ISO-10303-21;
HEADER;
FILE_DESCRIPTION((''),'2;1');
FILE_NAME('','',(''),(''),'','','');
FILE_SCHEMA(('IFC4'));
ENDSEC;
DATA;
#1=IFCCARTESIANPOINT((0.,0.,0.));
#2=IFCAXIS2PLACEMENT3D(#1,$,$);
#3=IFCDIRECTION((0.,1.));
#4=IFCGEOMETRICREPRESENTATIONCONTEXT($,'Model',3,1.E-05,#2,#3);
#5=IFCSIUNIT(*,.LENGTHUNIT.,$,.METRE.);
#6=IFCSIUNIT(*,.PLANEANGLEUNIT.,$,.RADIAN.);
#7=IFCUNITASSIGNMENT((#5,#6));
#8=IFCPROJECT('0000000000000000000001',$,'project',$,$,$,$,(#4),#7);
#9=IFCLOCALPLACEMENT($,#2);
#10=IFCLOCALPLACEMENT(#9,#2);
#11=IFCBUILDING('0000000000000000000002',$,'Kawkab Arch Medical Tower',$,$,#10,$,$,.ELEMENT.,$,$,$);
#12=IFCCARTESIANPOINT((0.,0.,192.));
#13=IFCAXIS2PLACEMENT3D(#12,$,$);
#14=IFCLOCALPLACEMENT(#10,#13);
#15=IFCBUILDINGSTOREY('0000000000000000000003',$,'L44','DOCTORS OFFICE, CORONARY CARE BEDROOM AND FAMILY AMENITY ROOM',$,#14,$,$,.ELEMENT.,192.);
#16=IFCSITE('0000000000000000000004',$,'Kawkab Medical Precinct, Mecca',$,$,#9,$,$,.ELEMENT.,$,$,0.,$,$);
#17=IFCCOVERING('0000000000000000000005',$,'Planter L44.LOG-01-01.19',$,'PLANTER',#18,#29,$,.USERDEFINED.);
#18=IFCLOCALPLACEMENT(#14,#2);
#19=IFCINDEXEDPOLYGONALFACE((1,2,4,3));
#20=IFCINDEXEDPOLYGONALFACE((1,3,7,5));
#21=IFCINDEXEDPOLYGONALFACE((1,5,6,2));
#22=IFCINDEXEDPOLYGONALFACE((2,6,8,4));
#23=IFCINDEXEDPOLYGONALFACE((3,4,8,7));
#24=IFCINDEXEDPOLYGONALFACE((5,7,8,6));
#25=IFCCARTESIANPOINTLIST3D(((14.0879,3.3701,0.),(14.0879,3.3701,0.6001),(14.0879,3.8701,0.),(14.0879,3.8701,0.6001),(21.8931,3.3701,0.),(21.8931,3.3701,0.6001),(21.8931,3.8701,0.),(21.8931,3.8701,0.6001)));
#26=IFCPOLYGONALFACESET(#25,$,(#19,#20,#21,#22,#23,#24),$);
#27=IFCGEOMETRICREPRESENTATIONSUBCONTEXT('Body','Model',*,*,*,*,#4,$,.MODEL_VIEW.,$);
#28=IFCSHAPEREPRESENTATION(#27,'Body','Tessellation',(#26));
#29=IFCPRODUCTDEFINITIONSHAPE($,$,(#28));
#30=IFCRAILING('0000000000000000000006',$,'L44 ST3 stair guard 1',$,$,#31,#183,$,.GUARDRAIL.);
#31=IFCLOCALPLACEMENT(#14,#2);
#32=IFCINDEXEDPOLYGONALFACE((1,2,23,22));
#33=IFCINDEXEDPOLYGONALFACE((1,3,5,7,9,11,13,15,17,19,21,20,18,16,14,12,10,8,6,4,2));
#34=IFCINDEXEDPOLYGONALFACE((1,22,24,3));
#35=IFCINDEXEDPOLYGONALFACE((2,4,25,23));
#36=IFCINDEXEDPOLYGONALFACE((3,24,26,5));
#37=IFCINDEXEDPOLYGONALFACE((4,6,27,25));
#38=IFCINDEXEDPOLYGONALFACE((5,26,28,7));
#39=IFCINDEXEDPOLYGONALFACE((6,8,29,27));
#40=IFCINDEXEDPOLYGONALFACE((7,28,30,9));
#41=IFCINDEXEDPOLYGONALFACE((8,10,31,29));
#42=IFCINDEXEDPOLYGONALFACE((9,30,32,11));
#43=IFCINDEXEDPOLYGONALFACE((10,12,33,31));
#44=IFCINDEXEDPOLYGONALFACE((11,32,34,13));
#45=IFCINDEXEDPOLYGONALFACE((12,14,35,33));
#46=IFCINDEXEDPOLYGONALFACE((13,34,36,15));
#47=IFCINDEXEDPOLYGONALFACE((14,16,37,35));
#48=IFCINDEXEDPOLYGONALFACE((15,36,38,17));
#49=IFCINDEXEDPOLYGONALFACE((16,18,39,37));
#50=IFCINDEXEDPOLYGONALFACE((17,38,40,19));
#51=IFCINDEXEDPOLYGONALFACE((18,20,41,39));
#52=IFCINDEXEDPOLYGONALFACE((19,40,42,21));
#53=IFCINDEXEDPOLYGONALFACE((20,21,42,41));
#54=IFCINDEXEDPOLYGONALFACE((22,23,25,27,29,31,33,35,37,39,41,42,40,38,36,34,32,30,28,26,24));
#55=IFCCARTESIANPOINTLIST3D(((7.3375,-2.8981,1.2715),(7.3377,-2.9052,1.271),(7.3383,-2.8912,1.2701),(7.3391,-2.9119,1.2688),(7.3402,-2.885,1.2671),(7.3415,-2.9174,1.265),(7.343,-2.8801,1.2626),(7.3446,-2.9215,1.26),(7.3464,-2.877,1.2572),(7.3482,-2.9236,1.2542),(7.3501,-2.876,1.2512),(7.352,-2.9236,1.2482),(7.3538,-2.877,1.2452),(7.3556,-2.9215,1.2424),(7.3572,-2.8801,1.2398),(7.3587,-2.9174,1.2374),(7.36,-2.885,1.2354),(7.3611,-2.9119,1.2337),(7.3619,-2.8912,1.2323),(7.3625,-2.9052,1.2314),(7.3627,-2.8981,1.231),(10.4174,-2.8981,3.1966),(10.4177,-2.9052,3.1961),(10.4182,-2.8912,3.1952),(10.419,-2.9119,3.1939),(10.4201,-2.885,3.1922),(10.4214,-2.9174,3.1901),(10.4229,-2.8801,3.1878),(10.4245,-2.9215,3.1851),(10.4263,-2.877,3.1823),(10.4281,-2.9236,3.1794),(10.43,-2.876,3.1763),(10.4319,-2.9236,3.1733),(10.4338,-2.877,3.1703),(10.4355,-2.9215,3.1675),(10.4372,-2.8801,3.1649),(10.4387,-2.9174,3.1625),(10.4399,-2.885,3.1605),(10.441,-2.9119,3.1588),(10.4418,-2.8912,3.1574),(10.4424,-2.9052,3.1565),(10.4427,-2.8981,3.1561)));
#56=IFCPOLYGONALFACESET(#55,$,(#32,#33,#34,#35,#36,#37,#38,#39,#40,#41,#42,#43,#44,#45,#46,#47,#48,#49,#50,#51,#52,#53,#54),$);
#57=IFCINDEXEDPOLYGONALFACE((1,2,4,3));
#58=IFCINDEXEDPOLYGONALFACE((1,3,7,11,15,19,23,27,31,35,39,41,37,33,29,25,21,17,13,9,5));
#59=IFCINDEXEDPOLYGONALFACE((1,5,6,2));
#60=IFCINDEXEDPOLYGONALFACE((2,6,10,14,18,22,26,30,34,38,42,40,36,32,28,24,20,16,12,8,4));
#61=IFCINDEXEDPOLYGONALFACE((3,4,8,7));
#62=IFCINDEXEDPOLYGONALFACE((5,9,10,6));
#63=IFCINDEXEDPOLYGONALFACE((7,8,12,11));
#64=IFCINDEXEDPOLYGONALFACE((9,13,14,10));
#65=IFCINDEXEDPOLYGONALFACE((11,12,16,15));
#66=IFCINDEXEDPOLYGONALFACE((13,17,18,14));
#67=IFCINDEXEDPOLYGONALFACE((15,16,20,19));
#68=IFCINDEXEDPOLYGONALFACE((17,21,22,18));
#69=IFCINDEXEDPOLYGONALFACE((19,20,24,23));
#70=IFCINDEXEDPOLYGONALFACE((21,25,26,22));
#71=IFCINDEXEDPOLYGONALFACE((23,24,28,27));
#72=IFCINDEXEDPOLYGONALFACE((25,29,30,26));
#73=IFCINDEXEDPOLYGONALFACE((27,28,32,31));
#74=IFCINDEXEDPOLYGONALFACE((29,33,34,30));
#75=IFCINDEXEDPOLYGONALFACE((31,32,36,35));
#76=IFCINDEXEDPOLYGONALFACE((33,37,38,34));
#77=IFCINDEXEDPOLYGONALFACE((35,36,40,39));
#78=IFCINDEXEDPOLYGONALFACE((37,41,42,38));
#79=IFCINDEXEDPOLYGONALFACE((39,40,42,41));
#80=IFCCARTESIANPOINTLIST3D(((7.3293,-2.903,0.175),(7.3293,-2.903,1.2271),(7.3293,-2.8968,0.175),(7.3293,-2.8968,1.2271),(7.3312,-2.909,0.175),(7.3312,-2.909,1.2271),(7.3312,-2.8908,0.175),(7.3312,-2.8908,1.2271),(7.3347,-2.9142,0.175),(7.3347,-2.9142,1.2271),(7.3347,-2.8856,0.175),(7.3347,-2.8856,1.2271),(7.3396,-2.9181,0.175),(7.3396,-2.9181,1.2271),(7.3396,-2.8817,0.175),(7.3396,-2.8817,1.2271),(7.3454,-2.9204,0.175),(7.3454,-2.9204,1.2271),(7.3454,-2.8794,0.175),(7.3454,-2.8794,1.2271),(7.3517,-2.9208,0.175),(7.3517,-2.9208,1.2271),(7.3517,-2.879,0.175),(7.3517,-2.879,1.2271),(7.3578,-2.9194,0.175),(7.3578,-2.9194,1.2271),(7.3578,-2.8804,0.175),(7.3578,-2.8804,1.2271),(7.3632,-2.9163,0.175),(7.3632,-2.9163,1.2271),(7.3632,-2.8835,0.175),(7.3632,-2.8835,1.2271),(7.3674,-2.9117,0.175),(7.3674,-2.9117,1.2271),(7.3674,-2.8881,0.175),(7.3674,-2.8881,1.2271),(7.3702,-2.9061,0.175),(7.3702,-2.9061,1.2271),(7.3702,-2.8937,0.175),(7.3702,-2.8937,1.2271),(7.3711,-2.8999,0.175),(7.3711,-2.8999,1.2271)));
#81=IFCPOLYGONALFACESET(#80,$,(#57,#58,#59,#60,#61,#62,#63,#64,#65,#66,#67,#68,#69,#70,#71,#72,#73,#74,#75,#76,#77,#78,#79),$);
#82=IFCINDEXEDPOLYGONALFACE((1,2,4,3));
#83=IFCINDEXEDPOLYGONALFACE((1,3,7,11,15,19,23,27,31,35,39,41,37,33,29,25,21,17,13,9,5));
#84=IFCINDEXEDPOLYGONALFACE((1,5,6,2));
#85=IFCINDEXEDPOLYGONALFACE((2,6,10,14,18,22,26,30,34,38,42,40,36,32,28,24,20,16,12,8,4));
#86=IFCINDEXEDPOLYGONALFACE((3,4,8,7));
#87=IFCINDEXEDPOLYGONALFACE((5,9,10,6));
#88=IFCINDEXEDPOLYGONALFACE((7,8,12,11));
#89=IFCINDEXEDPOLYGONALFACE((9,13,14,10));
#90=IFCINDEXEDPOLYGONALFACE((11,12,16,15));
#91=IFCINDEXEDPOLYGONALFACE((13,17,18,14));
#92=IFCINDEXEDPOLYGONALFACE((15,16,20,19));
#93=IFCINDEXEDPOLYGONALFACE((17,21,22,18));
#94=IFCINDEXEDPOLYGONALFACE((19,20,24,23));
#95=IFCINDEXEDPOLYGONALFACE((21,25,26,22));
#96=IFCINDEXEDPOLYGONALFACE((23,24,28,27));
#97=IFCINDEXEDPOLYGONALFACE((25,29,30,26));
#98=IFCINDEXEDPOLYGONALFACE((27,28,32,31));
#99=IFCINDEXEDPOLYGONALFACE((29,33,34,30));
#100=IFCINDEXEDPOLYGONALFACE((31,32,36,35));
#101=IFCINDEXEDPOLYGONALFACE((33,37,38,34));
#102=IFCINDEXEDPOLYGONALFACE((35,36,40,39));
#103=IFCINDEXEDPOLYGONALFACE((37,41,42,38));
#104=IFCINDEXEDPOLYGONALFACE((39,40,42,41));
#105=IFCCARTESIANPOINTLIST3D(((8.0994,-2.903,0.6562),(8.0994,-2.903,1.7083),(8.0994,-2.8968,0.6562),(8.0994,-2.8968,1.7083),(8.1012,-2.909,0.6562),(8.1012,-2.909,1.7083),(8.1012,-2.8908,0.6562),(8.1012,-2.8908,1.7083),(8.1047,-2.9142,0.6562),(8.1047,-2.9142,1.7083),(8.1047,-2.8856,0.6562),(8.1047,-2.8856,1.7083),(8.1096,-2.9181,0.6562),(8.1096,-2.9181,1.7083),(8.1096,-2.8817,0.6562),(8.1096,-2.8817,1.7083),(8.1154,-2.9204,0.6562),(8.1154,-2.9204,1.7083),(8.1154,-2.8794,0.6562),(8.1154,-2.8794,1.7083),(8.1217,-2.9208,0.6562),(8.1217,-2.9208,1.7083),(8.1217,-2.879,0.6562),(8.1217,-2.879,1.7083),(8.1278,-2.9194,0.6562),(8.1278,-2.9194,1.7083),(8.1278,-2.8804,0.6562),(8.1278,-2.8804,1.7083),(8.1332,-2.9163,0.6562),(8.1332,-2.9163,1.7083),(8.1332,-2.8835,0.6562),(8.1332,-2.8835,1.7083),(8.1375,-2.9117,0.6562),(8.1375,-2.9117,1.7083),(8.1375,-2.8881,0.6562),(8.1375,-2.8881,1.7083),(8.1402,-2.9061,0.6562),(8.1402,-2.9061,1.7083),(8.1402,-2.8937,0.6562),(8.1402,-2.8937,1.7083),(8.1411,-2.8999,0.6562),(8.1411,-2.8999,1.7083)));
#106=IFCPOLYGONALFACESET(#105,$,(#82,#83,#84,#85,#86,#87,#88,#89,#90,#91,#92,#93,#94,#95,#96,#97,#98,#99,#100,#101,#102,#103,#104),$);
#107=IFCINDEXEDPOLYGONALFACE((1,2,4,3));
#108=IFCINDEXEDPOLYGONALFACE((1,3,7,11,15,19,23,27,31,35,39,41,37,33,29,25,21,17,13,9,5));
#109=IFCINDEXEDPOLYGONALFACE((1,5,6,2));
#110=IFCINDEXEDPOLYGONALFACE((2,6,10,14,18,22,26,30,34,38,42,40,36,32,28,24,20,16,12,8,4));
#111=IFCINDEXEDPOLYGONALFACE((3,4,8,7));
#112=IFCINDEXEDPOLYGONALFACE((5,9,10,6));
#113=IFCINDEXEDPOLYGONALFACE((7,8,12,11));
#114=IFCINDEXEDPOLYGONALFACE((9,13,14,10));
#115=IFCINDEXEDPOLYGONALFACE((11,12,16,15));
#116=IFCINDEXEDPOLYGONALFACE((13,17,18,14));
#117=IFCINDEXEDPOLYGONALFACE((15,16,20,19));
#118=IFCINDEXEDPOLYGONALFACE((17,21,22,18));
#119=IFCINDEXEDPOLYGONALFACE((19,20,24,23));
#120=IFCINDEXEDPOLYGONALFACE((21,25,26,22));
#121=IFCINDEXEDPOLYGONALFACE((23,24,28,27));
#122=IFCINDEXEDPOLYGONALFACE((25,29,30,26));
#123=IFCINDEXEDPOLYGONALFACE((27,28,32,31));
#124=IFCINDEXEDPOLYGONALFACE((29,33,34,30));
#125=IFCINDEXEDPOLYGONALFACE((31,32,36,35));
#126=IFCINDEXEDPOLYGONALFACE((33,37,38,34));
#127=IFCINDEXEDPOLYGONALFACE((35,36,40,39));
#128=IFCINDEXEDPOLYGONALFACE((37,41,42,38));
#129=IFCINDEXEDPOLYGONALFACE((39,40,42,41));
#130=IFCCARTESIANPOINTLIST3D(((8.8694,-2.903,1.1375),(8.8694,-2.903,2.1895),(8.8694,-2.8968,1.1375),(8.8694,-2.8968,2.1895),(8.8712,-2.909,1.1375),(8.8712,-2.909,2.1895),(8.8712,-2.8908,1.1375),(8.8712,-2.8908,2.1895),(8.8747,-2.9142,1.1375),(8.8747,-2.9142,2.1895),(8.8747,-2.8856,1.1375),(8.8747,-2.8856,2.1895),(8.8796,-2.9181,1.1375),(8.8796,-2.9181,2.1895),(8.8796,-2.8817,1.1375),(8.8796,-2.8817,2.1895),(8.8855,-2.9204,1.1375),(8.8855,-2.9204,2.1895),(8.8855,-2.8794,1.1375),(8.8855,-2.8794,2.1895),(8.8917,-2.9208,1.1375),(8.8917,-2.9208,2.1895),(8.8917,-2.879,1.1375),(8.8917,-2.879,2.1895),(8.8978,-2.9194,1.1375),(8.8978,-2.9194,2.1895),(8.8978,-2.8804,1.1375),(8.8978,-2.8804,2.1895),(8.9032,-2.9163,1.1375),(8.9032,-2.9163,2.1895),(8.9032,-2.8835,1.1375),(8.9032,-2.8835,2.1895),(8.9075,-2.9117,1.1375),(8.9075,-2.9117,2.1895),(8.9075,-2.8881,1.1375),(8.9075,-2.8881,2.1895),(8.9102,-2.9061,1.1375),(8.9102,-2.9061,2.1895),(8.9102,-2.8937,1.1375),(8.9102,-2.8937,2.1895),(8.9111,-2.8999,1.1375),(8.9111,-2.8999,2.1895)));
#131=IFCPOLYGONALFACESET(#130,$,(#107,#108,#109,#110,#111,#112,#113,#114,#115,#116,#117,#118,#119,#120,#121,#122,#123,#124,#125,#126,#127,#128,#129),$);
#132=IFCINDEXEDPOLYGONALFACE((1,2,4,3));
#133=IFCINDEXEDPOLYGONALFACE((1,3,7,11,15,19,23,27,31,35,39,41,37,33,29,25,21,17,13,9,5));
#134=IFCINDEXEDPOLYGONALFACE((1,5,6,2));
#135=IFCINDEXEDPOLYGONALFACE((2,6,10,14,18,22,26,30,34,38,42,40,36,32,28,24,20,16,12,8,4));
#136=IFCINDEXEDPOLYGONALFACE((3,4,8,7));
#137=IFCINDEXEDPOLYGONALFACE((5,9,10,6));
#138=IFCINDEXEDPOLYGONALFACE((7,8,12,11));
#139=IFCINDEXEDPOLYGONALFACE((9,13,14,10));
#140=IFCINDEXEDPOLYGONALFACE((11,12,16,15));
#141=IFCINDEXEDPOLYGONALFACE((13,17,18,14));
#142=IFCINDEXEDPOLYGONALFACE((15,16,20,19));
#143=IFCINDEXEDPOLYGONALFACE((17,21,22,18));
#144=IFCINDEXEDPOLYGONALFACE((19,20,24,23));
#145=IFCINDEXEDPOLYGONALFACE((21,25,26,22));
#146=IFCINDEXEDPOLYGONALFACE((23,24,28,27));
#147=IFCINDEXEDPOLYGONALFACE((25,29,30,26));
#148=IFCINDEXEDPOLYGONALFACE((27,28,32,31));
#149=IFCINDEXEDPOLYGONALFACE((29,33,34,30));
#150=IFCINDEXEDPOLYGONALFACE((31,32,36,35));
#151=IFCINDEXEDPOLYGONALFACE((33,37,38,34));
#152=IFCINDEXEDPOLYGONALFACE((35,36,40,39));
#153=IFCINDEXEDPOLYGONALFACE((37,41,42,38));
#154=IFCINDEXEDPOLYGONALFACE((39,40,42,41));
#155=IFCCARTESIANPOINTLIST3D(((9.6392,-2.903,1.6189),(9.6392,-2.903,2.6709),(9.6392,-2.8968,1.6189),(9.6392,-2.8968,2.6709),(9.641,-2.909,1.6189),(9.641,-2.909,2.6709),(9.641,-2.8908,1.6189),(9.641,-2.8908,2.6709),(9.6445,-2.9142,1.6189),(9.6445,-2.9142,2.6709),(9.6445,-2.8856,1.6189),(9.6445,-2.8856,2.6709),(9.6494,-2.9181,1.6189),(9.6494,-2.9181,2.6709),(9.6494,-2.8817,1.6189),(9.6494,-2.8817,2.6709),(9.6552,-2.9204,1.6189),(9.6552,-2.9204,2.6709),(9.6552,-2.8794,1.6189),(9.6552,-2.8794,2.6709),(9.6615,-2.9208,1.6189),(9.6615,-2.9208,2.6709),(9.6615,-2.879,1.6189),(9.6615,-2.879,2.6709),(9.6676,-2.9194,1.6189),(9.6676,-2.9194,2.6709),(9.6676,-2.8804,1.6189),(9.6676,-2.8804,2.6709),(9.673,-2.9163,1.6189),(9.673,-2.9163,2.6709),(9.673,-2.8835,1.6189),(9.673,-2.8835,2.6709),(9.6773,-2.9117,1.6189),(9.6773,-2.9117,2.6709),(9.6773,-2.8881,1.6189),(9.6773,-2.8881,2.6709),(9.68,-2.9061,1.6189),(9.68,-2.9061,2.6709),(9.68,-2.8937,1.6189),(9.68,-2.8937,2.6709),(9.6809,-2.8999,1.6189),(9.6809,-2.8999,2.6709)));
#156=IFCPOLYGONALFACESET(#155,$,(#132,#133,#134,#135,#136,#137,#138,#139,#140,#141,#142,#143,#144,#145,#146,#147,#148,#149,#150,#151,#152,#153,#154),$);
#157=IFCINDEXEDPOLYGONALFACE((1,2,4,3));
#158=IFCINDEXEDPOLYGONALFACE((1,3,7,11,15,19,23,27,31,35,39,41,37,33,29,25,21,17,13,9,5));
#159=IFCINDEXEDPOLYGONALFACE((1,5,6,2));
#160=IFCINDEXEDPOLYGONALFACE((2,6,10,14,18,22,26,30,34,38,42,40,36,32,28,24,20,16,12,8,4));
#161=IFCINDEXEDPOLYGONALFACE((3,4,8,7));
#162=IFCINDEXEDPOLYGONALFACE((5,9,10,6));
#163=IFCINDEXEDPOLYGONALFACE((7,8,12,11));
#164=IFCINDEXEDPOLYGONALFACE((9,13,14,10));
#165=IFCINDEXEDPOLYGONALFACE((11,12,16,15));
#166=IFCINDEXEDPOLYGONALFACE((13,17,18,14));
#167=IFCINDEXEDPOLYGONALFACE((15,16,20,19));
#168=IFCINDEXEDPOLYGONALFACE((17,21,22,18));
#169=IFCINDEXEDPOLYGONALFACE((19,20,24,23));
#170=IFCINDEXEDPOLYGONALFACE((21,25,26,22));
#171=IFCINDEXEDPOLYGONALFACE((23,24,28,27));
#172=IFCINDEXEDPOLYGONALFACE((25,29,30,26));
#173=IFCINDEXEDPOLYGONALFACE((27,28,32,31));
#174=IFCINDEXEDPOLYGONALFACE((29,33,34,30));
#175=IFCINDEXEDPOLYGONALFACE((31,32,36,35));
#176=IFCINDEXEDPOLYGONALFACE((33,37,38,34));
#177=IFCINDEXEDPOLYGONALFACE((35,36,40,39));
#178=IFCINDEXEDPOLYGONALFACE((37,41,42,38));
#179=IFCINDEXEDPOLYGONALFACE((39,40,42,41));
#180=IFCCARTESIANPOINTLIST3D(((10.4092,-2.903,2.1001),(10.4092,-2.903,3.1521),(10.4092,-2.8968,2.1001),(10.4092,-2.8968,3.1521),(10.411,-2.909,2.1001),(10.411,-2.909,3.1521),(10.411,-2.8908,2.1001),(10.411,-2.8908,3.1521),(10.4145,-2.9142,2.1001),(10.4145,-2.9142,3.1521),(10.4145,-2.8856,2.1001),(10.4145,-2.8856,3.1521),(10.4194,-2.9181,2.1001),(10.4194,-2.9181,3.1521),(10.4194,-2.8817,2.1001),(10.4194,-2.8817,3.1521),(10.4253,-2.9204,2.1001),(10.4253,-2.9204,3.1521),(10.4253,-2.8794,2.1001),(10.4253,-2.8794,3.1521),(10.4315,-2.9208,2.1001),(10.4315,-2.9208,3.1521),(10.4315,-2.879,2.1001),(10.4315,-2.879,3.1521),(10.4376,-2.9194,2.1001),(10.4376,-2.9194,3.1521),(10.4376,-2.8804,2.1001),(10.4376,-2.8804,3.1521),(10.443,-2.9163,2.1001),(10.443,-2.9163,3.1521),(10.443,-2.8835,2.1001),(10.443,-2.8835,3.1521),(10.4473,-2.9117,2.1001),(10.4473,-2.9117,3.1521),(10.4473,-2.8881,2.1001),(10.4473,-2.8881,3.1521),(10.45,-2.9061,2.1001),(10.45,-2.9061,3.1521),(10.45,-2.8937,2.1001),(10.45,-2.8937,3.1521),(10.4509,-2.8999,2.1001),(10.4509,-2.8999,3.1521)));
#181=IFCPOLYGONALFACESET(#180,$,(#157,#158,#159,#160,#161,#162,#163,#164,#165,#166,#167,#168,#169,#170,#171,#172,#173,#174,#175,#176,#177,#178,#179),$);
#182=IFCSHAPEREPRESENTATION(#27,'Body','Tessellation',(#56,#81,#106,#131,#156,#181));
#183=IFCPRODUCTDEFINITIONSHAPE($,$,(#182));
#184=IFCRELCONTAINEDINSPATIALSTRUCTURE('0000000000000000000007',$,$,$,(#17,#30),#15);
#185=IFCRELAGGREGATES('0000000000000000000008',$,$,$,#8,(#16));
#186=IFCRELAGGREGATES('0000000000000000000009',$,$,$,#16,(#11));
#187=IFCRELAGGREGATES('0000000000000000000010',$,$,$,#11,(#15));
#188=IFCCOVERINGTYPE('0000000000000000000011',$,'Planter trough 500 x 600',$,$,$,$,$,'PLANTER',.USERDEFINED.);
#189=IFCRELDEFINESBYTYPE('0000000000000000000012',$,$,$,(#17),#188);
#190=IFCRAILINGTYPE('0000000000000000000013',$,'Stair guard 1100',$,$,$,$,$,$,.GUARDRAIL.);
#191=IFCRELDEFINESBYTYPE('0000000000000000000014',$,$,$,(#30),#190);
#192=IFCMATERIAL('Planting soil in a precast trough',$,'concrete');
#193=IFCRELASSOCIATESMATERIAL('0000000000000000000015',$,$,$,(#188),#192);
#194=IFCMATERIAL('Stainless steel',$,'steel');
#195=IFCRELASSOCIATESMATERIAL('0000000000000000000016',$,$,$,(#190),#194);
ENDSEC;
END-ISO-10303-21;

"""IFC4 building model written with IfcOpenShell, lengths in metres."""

from ifc_helpers import new_model, si_unit, direction, frame, origin, origin_2d, place, context, subcontext, project, spatial, rectangle, circle, extrude, material, material_profile, profile_set, type_object, element, save


model = new_model("IFC4")

# Units and contexts
model_context = context("Model", 3, precision=1e-05, world=origin(), true_north=direction((0.0, 1.0)))
body_context = subcontext(model_context, "Body", "Model", "MODEL_VIEW")
ifc_project = project(units=[si_unit("LENGTHUNIT", "METRE"), si_unit("PLANEANGLEUNIT", "RADIAN")], contexts=[model_context])

# Site, building, storey
site_placement = place(None, origin())
site = spatial("IfcSite", under=ifc_project, at=site_placement, Name="Kawkab Medical Precinct, Mecca", CompositionType="ELEMENT", RefElevation=0.0)
building_placement = place(site_placement, origin())
building = spatial("IfcBuilding", under=site, at=building_placement, Name="Kawkab Arch Medical Tower", CompositionType="ELEMENT")
storey_placement = place(building_placement, frame((0.0, 0.0, 192.0)))
storey = spatial("IfcBuildingStorey", under=building, at=storey_placement, Name="L44", Description="DOCTORS OFFICE, CORONARY CARE BEDROOM AND FAMILY AMENITY ROOM", CompositionType="ELEMENT", Elevation=192.0)

# Covering
ifc_material_1 = material(Name="Planting soil in a precast trough", Category="concrete")
ifc_material_profile_1 = material_profile(ifc_material_1, rectangle(XDim=0.5, YDim=0.6001, at=origin_2d()), Name="Trough 500x600")
ifc_profile_set_1 = profile_set([ifc_material_profile_1], Name="Planting soil in a precast trough")
covering_type_1 = type_object("IfcCoveringType", Name="Planter trough 500 x 600", ElementType="PLANTER", PredefinedType="USERDEFINED", material=ifc_profile_set_1)
covering_1_placement = place(storey_placement, frame((14.0879, 3.6201, 0.3), z_axis=(1.0, 0.0, 0.0), x_axis=(0.0, 1.0, 0.0)))
element("IfcCovering", 1, at=covering_1_placement, inside=storey, type_object=covering_type_1, Name="Planter L44.LOG-01-01.19", ObjectType="PLANTER", PredefinedType="USERDEFINED", context=body_context, shape_type="SweptSolid", body=[
    extrude(rectangle(XDim=0.5, YDim=0.6001, at=origin_2d()), origin(), (0.0, 0.0, 1.0), 7.8052),
])

# Railing
ifc_material_2 = material(Name="Stainless steel", Category="steel")
railing_type_1 = type_object("IfcRailingType", Name="Stair guard 1100", PredefinedType="GUARDRAIL", material=ifc_material_2)
railing_1_placement = place(storey_placement, frame((7.3501, -2.8999, 0.175)))
element("IfcRailing", 2, at=railing_1_placement, inside=storey, type_object=railing_type_1, Name="L44 ST3 stair guard 1", PredefinedType="GUARDRAIL", context=body_context, shape_type="SweptSolid", body=[
    extrude(circle(Radius=0.0239, at=origin_2d()), frame((0.0, 0.0, 1.0762), z_axis=(0.847979, 0.0, 0.530029), x_axis=(0.0, 1.0, 0.0)), (0.0, 0.0, 1.0), 3.6321),
    extrude(circle(Radius=0.021, at=origin_2d()), origin(), (0.0, 0.0, 1.0), 1.052),
    extrude(circle(Radius=0.021, at=origin_2d()), frame((0.77, 0.0, 0.4812)), (0.0, 0.0, 1.0), 1.052),
    extrude(circle(Radius=0.021, at=origin_2d()), frame((1.54, 0.0, 0.9624)), (0.0, 0.0, 1.0), 1.052),
    extrude(circle(Radius=0.021, at=origin_2d()), frame((2.3098, 0.0, 1.4438)), (0.0, 0.0, 1.0), 1.052),
    extrude(circle(Radius=0.021, at=origin_2d()), frame((3.0798, 0.0, 1.925)), (0.0, 0.0, 1.0), 1.052),
])

save(model, "model.ifc")
